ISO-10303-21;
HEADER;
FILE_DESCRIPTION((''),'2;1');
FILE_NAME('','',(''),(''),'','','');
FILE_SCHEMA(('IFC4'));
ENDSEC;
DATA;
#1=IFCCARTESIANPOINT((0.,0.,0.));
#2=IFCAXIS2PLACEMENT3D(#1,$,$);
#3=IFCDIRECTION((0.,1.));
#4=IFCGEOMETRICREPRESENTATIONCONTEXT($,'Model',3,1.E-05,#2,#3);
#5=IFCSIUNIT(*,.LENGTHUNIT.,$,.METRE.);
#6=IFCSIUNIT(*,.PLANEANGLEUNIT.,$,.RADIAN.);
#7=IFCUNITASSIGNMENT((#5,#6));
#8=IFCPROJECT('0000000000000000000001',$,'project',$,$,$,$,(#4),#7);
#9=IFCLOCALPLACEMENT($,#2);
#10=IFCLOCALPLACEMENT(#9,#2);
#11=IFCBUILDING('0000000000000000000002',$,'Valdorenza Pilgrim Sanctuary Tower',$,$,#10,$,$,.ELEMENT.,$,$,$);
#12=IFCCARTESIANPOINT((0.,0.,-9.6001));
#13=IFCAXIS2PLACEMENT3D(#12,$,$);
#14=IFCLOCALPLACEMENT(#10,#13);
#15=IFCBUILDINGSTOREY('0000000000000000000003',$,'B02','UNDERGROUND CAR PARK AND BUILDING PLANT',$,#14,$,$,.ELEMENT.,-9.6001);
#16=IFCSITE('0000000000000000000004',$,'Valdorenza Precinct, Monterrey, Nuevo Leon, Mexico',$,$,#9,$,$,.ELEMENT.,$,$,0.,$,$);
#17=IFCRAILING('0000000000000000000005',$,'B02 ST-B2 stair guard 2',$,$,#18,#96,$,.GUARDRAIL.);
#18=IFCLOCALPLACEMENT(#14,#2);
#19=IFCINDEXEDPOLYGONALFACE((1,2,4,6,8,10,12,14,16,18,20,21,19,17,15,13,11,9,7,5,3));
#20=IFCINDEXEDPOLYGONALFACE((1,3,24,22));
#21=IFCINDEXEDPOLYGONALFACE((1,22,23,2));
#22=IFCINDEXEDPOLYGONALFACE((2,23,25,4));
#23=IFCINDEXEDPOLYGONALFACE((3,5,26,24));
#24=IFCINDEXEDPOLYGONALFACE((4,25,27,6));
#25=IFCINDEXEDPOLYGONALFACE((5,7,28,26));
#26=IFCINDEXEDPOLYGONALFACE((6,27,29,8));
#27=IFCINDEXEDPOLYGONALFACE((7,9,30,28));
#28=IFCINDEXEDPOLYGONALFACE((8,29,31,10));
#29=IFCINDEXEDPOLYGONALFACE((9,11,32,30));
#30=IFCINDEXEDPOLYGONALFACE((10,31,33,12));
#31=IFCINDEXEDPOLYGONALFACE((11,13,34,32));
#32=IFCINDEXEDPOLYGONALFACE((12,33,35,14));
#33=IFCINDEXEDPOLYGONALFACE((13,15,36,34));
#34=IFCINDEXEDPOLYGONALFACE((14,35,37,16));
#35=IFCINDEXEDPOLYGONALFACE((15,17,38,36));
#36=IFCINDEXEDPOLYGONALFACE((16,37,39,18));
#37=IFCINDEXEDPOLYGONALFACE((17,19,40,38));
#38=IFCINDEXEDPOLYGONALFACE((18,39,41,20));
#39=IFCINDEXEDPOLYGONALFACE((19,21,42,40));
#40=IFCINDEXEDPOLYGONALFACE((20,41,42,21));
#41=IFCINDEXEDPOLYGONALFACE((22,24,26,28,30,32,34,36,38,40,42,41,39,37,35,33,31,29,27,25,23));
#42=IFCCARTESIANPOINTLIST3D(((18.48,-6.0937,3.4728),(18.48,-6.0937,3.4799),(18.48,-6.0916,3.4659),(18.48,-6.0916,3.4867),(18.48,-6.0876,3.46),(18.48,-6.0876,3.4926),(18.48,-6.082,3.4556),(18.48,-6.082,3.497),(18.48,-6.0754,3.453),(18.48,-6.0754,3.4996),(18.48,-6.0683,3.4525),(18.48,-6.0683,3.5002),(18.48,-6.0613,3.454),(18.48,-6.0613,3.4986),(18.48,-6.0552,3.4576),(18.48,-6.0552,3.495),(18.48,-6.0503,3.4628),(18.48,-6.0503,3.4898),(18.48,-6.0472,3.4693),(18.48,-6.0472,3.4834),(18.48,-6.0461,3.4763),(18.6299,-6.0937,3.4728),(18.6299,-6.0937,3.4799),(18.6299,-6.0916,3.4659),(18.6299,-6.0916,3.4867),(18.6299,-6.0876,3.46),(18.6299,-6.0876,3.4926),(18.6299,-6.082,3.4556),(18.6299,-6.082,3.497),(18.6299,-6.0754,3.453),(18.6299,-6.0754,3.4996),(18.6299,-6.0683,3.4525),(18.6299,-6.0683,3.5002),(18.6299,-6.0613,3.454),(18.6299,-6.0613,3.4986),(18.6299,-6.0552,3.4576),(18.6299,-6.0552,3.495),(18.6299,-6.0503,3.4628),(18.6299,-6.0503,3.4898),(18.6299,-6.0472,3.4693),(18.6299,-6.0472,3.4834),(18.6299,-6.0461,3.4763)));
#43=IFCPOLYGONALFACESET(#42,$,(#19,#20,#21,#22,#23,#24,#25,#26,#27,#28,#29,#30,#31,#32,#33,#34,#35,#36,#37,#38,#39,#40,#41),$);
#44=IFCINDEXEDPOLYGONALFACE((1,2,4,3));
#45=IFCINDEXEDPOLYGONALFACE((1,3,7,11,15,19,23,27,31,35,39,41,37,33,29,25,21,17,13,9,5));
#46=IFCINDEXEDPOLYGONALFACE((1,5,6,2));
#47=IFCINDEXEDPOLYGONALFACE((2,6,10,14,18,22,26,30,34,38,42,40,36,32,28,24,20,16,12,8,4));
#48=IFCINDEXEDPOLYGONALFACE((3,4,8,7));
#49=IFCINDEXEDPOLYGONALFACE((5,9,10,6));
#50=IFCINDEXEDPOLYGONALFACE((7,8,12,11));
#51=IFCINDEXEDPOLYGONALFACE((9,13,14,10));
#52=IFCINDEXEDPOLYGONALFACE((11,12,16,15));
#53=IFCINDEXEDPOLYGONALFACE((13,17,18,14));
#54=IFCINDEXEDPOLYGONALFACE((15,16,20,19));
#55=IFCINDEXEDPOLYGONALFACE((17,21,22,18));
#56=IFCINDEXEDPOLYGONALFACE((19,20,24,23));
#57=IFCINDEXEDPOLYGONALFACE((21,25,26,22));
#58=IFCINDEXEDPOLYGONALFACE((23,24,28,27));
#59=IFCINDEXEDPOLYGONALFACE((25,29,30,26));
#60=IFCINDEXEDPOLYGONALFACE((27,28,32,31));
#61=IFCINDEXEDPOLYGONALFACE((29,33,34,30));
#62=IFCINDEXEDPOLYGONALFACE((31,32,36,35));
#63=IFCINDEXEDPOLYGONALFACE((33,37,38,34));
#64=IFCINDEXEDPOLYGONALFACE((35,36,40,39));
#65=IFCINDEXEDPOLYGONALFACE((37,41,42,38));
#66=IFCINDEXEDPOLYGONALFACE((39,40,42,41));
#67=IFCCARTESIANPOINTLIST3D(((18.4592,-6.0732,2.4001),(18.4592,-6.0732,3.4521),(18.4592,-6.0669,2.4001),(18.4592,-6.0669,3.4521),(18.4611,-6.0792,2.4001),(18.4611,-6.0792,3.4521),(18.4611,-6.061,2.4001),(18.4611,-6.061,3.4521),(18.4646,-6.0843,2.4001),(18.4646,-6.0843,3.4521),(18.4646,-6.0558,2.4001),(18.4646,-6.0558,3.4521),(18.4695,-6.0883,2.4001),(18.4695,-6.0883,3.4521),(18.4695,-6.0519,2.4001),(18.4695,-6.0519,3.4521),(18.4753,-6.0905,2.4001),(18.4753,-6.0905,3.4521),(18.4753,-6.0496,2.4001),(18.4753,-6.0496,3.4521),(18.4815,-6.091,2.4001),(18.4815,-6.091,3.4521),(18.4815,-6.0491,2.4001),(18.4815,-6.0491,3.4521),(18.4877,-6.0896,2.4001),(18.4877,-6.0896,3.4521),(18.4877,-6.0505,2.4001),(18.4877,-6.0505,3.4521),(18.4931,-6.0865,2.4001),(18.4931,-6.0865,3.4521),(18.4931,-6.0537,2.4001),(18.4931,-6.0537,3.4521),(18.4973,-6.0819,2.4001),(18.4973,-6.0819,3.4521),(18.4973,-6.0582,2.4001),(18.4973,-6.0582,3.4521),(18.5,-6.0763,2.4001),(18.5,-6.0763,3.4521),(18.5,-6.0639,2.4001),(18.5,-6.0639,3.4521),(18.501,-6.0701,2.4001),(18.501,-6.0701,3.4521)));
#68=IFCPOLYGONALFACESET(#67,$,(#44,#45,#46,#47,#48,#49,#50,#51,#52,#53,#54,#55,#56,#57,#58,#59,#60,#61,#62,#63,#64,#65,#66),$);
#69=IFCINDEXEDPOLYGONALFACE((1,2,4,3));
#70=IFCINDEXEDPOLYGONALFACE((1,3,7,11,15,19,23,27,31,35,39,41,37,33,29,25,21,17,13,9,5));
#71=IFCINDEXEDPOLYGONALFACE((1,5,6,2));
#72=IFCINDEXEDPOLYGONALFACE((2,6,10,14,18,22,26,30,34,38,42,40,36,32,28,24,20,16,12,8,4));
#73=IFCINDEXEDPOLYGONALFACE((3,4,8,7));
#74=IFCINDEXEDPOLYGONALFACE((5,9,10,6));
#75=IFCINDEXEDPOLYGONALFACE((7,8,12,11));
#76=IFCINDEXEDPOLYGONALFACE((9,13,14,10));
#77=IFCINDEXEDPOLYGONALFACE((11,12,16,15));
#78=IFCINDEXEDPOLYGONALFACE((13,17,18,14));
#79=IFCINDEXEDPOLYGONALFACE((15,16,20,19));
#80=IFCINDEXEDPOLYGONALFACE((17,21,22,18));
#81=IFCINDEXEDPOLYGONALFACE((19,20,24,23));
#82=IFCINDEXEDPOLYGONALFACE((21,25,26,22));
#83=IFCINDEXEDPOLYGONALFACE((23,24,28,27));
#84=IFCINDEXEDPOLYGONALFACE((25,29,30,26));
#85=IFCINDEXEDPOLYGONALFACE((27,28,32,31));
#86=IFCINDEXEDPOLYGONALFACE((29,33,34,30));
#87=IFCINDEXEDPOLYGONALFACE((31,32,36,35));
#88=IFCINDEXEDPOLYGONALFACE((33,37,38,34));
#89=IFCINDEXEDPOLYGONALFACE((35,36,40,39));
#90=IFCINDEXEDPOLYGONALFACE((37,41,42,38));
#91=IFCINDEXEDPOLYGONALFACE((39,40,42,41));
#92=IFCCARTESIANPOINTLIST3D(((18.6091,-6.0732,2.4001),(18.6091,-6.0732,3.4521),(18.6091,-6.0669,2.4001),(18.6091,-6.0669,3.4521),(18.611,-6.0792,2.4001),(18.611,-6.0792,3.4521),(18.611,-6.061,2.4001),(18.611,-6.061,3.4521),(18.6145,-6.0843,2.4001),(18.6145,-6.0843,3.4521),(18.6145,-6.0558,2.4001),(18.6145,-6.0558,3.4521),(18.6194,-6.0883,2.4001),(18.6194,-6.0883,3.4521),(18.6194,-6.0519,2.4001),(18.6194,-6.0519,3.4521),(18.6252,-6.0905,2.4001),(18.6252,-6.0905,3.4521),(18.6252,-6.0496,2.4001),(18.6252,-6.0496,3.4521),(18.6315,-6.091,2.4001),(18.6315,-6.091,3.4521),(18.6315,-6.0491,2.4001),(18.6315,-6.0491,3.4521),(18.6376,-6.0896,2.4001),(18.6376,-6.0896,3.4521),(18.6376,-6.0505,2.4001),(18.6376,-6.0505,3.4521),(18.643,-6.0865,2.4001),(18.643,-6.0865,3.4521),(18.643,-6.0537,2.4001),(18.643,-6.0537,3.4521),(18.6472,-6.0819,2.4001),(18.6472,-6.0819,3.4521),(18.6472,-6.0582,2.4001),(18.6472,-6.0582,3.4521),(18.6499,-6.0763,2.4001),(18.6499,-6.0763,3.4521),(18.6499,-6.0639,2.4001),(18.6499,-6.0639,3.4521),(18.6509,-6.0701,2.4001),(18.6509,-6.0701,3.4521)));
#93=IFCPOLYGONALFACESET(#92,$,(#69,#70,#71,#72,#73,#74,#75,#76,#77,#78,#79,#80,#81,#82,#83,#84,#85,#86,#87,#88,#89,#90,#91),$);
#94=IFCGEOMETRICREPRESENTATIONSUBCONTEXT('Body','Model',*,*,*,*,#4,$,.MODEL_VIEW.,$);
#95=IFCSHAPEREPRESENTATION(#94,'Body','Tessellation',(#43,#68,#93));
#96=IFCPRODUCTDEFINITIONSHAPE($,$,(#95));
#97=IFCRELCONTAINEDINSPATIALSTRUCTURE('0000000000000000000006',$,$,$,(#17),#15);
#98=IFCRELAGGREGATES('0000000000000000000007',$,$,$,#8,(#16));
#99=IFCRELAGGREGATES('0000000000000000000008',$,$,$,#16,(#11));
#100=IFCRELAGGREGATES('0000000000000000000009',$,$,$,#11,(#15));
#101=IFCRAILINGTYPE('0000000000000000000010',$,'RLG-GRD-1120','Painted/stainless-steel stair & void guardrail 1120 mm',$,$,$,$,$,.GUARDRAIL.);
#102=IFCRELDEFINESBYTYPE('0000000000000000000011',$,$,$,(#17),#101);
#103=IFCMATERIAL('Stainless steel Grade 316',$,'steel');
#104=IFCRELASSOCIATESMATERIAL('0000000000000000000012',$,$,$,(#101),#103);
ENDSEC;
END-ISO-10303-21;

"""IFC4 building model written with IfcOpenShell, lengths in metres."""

from ifc_helpers import new_model, si_unit, direction, frame, origin, origin_2d, place, context, subcontext, project, spatial, circle, extrude, material, type_object, element, save


model = new_model("IFC4")

# Units and contexts
model_context = context("Model", 3, precision=1e-05, world=origin(), true_north=direction((0.0, 1.0)))
body_context = subcontext(model_context, "Body", "Model", "MODEL_VIEW")
ifc_project = project(units=[si_unit("LENGTHUNIT", "METRE"), si_unit("PLANEANGLEUNIT", "RADIAN")], contexts=[model_context])

# Site, building, storey
site_placement = place(None, origin())
site = spatial("IfcSite", under=ifc_project, at=site_placement, Name="Valdorenza Precinct, Monterrey, Nuevo Leon, Mexico", CompositionType="ELEMENT", RefElevation=0.0)
building_placement = place(site_placement, origin())
building = spatial("IfcBuilding", under=site, at=building_placement, Name="Valdorenza Pilgrim Sanctuary Tower", CompositionType="ELEMENT")
storey_placement = place(building_placement, frame((0.0, 0.0, -9.6001)))
storey = spatial("IfcBuildingStorey", under=building, at=storey_placement, Name="B02", Description="UNDERGROUND CAR PARK AND BUILDING PLANT", CompositionType="ELEMENT", Elevation=-9.6001)

# Railing
ifc_material_1 = material(Name="Stainless steel Grade 316", Category="steel")
railing_type_1 = type_object("IfcRailingType", Name="RLG-GRD-1120", Description="Painted/stainless-steel stair & void guardrail 1120 mm", PredefinedType="GUARDRAIL", material=ifc_material_1)
railing_1_placement = place(storey_placement, frame((18.48, -6.0701, 2.4001)))
element("IfcRailing", 1, at=railing_1_placement, inside=storey, type_object=railing_type_1, Name="B02 ST-B2 stair guard 2", PredefinedType="GUARDRAIL", context=body_context, shape_type="SweptSolid", body=[
    extrude(circle(Radius=0.0239, at=origin_2d()), frame((0.0, 0.0, 1.0762), z_axis=(1.0, 0.0, 0.0), x_axis=(0.0, 1.0, 0.0)), (0.0, 0.0, 1.0), 0.1499),
    extrude(circle(Radius=0.021, at=origin_2d()), origin(), (0.0, 0.0, 1.0), 1.052),
    extrude(circle(Radius=0.021, at=origin_2d()), frame((0.1499, 0.0, 0.0)), (0.0, 0.0, 1.0), 1.052),
])

save(model, "model.ifc")
